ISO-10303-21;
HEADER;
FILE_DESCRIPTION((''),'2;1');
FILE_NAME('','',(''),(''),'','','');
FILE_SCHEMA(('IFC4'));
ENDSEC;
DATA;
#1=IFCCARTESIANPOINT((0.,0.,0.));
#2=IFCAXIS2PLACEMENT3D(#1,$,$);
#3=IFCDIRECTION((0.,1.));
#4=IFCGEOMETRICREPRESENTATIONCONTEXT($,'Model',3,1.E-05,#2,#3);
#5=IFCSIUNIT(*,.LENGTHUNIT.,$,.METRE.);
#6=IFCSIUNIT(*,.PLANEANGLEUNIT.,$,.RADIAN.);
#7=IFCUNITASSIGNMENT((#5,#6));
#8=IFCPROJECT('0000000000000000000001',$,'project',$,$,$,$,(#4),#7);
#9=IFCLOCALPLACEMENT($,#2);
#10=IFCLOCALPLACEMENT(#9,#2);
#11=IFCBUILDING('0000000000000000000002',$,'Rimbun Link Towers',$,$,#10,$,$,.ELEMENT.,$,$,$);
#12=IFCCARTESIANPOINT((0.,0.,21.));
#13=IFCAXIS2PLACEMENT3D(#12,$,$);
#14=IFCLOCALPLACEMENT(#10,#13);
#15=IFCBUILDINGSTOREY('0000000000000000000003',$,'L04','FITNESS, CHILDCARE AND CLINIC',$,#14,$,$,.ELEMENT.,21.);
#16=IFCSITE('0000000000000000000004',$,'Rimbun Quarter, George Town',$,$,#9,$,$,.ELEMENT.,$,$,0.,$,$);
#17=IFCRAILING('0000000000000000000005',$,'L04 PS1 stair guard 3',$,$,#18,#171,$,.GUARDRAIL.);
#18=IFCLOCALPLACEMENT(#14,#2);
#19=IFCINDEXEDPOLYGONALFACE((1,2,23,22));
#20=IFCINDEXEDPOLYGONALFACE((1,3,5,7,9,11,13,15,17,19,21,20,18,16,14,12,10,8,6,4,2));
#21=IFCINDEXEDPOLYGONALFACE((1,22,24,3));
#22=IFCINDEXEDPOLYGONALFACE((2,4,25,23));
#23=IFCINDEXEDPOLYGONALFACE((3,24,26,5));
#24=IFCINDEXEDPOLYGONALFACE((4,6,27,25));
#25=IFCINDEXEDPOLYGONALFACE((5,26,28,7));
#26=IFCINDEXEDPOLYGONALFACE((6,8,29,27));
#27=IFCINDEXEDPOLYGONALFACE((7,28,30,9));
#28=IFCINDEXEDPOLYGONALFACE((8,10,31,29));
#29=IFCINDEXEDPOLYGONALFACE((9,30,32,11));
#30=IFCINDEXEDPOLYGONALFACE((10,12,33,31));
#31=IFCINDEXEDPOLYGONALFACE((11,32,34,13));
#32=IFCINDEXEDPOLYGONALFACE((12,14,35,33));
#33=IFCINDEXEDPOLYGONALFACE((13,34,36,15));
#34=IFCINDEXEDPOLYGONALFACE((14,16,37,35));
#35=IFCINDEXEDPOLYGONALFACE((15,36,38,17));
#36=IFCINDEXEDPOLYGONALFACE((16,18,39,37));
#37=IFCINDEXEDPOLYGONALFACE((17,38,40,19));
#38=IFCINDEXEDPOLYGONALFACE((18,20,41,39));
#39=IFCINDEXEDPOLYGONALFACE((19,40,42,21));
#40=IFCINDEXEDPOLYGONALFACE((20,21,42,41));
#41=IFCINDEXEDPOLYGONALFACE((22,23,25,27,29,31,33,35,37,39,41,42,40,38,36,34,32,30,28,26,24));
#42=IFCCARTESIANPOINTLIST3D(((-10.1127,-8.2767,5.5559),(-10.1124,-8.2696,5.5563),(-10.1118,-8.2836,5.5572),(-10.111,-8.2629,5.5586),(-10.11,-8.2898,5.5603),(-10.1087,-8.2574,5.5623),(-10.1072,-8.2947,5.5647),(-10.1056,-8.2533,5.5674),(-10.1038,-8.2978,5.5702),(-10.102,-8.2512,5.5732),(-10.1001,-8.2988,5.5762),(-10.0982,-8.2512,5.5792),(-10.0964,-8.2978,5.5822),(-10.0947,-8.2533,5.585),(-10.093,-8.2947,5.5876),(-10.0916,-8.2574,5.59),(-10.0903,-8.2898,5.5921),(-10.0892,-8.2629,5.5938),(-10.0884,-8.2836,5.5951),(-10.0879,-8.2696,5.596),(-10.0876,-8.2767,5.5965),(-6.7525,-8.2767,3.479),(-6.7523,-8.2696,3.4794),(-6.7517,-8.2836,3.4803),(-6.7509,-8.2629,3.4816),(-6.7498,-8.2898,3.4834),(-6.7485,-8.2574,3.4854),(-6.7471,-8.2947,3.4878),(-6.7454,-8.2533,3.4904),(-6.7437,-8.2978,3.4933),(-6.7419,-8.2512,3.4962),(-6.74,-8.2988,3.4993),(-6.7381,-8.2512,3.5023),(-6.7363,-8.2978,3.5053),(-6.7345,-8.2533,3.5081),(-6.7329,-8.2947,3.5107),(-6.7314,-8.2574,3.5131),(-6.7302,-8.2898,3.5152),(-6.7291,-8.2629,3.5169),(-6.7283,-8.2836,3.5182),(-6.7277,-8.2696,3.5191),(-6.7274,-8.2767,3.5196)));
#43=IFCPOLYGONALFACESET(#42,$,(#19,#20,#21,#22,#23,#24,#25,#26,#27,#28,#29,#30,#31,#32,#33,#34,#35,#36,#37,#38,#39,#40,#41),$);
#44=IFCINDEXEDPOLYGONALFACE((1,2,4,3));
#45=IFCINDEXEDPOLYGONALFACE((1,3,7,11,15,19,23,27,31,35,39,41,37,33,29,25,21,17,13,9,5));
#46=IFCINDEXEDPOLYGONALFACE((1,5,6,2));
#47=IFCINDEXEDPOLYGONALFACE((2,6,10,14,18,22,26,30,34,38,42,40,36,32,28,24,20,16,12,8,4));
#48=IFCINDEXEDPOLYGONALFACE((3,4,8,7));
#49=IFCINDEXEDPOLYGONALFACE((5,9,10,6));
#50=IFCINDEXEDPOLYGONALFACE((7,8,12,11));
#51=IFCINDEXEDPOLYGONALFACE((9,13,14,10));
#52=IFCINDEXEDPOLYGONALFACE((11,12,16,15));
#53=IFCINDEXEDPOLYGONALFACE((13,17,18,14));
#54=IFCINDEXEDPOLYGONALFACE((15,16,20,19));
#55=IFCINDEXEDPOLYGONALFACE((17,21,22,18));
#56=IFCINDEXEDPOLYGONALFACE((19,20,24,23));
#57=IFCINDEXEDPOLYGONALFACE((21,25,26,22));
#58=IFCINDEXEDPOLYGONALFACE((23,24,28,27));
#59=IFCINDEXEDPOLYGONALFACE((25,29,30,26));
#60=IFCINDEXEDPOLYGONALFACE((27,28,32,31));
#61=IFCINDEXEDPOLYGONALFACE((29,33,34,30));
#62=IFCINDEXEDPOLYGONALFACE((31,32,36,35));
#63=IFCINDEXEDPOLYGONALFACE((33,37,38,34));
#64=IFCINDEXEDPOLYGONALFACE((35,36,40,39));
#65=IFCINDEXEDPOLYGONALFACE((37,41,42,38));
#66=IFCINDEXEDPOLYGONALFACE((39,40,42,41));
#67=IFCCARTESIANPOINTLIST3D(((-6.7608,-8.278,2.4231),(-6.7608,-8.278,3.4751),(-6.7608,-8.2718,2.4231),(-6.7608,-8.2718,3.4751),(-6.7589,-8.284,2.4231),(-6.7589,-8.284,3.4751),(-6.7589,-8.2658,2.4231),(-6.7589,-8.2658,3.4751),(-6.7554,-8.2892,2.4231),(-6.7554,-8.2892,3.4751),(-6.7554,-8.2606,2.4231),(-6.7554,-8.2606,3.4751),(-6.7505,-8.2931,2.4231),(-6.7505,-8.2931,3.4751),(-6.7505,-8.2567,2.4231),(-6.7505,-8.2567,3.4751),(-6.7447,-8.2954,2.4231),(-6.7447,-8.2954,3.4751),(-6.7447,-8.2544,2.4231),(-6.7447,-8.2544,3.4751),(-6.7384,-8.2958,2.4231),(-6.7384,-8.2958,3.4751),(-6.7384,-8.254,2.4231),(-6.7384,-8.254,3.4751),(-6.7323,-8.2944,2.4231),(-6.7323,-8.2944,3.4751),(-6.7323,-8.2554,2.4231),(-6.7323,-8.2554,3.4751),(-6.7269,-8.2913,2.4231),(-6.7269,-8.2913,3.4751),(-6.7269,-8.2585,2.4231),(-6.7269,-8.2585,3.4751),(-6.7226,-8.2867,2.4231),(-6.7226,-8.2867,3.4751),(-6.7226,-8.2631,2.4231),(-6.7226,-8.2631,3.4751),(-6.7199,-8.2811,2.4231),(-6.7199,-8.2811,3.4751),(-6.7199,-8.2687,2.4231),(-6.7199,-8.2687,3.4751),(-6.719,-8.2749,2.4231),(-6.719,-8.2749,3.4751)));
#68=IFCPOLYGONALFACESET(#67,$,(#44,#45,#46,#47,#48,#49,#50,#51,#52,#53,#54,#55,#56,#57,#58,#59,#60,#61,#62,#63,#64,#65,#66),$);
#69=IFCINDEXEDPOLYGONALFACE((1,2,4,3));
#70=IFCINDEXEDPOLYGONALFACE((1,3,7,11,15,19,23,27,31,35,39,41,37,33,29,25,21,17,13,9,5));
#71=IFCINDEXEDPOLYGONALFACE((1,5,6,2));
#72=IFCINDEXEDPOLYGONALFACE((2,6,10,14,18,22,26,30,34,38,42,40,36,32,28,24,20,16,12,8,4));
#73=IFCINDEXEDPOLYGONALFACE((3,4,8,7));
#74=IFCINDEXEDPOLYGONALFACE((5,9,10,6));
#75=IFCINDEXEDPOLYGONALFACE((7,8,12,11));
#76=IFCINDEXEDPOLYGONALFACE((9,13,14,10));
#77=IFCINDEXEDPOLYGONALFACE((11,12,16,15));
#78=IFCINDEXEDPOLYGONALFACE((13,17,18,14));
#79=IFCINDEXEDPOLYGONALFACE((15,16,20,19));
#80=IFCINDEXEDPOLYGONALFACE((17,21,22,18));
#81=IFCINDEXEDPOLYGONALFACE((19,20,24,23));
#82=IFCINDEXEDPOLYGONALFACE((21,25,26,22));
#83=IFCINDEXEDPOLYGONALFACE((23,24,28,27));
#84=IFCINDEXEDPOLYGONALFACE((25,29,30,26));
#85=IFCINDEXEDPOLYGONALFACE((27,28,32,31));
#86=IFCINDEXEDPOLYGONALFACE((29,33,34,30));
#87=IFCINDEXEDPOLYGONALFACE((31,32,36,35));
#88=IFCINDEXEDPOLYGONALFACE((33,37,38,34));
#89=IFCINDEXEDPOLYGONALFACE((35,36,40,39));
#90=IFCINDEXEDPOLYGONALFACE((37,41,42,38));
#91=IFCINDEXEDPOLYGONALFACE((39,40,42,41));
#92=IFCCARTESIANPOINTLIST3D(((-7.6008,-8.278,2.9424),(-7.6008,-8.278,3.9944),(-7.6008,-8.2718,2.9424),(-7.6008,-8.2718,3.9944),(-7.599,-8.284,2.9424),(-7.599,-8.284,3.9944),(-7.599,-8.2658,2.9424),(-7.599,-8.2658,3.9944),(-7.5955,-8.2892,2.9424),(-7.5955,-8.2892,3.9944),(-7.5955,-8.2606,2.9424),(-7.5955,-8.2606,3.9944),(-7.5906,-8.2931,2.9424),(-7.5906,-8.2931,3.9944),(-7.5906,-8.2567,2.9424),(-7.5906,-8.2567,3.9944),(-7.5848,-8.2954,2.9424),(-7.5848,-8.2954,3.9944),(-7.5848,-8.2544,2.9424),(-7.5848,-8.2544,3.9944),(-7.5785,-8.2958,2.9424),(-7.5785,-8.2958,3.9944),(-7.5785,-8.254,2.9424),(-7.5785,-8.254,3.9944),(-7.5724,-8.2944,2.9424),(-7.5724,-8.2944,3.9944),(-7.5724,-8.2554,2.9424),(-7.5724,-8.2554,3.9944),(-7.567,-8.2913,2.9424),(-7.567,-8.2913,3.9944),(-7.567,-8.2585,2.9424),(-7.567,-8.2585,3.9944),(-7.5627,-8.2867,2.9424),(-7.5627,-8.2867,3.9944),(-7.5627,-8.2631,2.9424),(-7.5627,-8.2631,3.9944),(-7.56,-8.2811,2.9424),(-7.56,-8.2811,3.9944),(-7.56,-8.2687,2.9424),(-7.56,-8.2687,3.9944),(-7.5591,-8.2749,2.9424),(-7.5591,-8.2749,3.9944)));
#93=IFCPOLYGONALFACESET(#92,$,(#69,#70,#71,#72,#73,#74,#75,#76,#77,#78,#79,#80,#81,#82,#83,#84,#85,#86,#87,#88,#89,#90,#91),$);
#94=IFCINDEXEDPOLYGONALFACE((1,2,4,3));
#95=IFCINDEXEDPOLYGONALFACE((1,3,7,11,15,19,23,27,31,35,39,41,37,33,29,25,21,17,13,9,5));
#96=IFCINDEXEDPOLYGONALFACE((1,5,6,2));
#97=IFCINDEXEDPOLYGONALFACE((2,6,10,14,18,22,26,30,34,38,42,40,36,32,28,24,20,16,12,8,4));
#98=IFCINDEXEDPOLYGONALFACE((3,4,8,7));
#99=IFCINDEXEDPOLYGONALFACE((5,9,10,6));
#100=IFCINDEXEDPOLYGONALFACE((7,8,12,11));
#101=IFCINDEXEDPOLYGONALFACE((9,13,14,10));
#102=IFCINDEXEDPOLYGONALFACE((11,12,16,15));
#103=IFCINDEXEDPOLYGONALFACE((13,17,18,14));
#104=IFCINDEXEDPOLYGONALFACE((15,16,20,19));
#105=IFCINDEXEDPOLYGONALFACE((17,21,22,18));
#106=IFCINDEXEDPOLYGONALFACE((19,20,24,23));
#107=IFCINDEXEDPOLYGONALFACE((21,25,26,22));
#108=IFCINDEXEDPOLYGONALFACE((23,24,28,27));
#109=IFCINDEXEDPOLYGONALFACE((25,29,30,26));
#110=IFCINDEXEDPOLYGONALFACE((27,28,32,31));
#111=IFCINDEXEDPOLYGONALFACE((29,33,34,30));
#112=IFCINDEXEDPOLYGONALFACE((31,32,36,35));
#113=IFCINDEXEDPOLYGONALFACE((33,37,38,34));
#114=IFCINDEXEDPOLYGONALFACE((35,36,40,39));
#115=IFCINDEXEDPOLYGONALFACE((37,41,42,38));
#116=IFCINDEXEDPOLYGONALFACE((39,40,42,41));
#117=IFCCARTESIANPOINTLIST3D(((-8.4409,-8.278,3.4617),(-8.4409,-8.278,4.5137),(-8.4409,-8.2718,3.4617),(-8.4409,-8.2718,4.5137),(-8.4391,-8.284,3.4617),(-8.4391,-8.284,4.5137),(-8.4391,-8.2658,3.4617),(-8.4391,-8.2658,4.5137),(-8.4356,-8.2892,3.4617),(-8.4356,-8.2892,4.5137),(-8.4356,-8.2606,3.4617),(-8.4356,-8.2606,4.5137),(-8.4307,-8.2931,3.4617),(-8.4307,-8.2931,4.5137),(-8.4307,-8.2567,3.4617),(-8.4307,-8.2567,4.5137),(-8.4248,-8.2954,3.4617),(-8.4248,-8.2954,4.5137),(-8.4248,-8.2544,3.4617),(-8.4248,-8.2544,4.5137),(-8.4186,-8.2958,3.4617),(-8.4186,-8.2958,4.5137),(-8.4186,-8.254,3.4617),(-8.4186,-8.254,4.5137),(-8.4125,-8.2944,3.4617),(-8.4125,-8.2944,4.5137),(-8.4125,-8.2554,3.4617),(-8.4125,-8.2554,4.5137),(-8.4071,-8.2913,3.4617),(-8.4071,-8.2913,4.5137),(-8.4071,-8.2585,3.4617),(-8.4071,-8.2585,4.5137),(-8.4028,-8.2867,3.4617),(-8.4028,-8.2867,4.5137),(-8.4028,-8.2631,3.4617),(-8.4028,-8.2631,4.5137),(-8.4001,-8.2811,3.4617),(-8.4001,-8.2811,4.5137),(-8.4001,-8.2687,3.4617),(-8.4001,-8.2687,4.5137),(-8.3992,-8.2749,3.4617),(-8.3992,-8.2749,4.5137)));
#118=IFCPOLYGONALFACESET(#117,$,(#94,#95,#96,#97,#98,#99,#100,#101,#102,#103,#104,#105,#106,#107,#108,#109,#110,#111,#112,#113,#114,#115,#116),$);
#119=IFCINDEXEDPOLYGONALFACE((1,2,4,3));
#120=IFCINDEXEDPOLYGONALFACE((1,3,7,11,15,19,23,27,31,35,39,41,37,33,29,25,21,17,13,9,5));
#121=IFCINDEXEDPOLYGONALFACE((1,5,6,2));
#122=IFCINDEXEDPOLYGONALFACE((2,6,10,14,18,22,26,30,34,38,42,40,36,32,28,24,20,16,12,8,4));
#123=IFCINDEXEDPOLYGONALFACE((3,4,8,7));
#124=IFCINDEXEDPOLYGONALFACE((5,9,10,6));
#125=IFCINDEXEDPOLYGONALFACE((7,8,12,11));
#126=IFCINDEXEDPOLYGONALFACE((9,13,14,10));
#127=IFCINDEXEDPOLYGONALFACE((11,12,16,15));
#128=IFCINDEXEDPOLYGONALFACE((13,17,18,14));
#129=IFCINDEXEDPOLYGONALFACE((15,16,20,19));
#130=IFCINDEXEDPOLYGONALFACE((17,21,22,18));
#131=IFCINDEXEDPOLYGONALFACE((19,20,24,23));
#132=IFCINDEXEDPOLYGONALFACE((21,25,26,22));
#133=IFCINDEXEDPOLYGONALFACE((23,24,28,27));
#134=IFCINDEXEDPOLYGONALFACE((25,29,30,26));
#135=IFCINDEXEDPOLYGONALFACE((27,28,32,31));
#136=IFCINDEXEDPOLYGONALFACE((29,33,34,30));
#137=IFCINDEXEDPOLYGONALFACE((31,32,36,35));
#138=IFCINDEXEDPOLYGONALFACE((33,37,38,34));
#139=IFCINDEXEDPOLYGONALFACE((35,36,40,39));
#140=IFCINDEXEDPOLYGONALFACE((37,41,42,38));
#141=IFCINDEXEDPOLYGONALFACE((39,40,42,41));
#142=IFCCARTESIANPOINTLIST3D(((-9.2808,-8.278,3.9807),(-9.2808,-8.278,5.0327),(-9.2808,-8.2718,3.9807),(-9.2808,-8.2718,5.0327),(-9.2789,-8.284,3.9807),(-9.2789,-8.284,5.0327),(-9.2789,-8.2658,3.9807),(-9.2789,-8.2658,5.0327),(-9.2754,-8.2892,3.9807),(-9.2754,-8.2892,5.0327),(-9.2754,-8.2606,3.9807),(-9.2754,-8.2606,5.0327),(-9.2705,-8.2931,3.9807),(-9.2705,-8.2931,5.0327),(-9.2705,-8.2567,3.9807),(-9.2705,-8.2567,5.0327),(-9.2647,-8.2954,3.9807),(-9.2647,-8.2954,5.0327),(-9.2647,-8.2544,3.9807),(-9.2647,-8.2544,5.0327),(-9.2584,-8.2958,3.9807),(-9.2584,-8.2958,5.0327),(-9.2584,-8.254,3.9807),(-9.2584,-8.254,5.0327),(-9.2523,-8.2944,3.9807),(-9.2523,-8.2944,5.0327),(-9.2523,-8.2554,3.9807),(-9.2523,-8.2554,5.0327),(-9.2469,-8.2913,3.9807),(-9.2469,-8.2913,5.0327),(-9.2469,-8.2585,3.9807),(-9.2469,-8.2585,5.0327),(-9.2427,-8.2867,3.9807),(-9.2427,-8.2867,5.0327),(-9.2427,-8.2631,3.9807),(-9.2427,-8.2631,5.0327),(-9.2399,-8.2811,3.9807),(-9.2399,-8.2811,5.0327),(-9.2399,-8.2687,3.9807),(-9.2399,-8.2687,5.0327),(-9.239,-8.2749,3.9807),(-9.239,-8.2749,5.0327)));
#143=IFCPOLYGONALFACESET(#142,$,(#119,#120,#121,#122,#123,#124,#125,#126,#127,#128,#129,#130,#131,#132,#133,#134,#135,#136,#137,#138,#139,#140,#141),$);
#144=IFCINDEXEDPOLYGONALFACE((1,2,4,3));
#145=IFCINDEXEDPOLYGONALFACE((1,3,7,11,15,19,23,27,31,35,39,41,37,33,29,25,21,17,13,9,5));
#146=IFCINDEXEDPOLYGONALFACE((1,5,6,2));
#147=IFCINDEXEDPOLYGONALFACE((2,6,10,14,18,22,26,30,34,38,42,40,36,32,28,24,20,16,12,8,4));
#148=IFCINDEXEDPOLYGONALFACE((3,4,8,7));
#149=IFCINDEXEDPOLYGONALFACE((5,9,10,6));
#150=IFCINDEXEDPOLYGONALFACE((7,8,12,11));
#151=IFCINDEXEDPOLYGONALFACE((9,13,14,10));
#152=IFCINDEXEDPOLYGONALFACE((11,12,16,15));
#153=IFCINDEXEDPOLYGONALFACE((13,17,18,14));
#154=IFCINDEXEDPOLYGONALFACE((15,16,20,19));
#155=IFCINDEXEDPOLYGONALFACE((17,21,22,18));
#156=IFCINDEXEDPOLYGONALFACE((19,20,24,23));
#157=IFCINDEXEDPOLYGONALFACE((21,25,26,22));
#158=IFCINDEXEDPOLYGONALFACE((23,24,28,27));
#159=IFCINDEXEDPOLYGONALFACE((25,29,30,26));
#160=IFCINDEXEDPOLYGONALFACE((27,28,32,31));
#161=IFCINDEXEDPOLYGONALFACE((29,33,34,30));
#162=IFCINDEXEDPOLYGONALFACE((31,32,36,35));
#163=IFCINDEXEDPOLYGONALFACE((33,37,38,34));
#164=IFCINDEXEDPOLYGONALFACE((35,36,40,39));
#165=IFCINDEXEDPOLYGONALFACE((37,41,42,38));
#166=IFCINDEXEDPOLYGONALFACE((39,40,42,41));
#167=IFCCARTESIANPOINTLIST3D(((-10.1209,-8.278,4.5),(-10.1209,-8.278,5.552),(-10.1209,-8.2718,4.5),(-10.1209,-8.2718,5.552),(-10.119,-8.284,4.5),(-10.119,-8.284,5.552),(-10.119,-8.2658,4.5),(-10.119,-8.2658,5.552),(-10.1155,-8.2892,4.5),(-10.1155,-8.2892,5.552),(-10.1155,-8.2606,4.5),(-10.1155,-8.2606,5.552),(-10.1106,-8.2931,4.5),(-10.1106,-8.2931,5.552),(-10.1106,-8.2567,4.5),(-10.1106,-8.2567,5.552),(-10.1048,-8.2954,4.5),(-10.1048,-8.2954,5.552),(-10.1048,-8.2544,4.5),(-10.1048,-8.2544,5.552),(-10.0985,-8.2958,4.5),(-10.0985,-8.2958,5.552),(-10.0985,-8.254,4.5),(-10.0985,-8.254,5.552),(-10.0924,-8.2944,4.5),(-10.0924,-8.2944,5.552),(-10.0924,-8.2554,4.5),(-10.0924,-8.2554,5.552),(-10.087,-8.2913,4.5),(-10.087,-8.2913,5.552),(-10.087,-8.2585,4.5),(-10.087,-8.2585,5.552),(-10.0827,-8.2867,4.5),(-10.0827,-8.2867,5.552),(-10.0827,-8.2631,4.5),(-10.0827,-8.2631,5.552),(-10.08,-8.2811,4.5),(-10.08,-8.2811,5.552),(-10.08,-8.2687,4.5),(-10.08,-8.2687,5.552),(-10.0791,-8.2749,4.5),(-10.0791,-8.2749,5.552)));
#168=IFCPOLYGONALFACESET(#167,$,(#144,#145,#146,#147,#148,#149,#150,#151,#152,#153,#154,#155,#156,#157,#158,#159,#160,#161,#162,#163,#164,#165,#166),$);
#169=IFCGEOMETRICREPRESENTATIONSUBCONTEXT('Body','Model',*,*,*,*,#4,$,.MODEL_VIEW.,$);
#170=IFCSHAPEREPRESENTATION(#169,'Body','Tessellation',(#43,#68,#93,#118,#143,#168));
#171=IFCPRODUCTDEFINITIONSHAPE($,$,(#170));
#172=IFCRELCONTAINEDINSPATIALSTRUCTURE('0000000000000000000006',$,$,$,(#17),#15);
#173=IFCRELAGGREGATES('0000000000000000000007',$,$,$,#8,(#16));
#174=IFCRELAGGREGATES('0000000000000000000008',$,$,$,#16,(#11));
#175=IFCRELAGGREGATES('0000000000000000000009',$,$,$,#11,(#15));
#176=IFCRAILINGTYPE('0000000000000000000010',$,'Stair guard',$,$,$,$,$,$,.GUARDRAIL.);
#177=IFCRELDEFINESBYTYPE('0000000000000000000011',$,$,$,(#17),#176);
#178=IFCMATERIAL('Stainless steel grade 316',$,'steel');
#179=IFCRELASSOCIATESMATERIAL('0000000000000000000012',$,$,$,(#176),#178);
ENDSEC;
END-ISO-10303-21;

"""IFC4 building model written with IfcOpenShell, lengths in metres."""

from ifc_helpers import new_model, si_unit, direction, frame, origin, origin_2d, place, context, subcontext, project, spatial, circle, extrude, material, type_object, element, save


model = new_model("IFC4")

# Units and contexts
model_context = context("Model", 3, precision=1e-05, world=origin(), true_north=direction((0.0, 1.0)))
body_context = subcontext(model_context, "Body", "Model", "MODEL_VIEW")
ifc_project = project(units=[si_unit("LENGTHUNIT", "METRE"), si_unit("PLANEANGLEUNIT", "RADIAN")], contexts=[model_context])

# Site, building, storey
site_placement = place(None, origin())
site = spatial("IfcSite", under=ifc_project, at=site_placement, Name="Rimbun Quarter, George Town", CompositionType="ELEMENT", RefElevation=0.0)
building_placement = place(site_placement, origin())
building = spatial("IfcBuilding", under=site, at=building_placement, Name="Rimbun Link Towers", CompositionType="ELEMENT")
storey_placement = place(building_placement, frame((0.0, 0.0, 21.0)))
storey = spatial("IfcBuildingStorey", under=building, at=storey_placement, Name="L04", Description="FITNESS, CHILDCARE AND CLINIC", CompositionType="ELEMENT", Elevation=21.0)

# Railing
ifc_material_1 = material(Name="Stainless steel grade 316", Category="steel")
railing_type_1 = type_object("IfcRailingType", Name="Stair guard", PredefinedType="GUARDRAIL", material=ifc_material_1)
railing_1_placement = place(storey_placement, frame((-6.74, -8.2749, 2.4231)))
element("IfcRailing", 1, at=railing_1_placement, inside=storey, type_object=railing_type_1, Name="L04 PS1 stair guard 3", PredefinedType="GUARDRAIL", context=body_context, shape_type="SweptSolid", body=[
    extrude(circle(Radius=0.0239, at=origin_2d()), frame((0.0, 0.0, 1.0762), z_axis=(-0.850623, 0.0, 0.525776), x_axis=(0.0, -1.0, 0.0)), (0.0, 0.0, 1.0), 3.9502),
    extrude(circle(Radius=0.021, at=origin_2d()), origin(), (0.0, 0.0, 1.0), 1.052),
    extrude(circle(Radius=0.021, at=origin_2d()), frame((-0.8401, 0.0, 0.5193)), (0.0, 0.0, 1.0), 1.052),
    extrude(circle(Radius=0.021, at=origin_2d()), frame((-1.6802, 0.0, 1.0386)), (0.0, 0.0, 1.0), 1.052),
    extrude(circle(Radius=0.021, at=origin_2d()), frame((-2.52, 0.0, 1.5576)), (0.0, 0.0, 1.0), 1.052),
    extrude(circle(Radius=0.021, at=origin_2d()), frame((-3.3601, 0.0, 2.0769)), (0.0, 0.0, 1.0), 1.052),
])

save(model, "model.ifc")
